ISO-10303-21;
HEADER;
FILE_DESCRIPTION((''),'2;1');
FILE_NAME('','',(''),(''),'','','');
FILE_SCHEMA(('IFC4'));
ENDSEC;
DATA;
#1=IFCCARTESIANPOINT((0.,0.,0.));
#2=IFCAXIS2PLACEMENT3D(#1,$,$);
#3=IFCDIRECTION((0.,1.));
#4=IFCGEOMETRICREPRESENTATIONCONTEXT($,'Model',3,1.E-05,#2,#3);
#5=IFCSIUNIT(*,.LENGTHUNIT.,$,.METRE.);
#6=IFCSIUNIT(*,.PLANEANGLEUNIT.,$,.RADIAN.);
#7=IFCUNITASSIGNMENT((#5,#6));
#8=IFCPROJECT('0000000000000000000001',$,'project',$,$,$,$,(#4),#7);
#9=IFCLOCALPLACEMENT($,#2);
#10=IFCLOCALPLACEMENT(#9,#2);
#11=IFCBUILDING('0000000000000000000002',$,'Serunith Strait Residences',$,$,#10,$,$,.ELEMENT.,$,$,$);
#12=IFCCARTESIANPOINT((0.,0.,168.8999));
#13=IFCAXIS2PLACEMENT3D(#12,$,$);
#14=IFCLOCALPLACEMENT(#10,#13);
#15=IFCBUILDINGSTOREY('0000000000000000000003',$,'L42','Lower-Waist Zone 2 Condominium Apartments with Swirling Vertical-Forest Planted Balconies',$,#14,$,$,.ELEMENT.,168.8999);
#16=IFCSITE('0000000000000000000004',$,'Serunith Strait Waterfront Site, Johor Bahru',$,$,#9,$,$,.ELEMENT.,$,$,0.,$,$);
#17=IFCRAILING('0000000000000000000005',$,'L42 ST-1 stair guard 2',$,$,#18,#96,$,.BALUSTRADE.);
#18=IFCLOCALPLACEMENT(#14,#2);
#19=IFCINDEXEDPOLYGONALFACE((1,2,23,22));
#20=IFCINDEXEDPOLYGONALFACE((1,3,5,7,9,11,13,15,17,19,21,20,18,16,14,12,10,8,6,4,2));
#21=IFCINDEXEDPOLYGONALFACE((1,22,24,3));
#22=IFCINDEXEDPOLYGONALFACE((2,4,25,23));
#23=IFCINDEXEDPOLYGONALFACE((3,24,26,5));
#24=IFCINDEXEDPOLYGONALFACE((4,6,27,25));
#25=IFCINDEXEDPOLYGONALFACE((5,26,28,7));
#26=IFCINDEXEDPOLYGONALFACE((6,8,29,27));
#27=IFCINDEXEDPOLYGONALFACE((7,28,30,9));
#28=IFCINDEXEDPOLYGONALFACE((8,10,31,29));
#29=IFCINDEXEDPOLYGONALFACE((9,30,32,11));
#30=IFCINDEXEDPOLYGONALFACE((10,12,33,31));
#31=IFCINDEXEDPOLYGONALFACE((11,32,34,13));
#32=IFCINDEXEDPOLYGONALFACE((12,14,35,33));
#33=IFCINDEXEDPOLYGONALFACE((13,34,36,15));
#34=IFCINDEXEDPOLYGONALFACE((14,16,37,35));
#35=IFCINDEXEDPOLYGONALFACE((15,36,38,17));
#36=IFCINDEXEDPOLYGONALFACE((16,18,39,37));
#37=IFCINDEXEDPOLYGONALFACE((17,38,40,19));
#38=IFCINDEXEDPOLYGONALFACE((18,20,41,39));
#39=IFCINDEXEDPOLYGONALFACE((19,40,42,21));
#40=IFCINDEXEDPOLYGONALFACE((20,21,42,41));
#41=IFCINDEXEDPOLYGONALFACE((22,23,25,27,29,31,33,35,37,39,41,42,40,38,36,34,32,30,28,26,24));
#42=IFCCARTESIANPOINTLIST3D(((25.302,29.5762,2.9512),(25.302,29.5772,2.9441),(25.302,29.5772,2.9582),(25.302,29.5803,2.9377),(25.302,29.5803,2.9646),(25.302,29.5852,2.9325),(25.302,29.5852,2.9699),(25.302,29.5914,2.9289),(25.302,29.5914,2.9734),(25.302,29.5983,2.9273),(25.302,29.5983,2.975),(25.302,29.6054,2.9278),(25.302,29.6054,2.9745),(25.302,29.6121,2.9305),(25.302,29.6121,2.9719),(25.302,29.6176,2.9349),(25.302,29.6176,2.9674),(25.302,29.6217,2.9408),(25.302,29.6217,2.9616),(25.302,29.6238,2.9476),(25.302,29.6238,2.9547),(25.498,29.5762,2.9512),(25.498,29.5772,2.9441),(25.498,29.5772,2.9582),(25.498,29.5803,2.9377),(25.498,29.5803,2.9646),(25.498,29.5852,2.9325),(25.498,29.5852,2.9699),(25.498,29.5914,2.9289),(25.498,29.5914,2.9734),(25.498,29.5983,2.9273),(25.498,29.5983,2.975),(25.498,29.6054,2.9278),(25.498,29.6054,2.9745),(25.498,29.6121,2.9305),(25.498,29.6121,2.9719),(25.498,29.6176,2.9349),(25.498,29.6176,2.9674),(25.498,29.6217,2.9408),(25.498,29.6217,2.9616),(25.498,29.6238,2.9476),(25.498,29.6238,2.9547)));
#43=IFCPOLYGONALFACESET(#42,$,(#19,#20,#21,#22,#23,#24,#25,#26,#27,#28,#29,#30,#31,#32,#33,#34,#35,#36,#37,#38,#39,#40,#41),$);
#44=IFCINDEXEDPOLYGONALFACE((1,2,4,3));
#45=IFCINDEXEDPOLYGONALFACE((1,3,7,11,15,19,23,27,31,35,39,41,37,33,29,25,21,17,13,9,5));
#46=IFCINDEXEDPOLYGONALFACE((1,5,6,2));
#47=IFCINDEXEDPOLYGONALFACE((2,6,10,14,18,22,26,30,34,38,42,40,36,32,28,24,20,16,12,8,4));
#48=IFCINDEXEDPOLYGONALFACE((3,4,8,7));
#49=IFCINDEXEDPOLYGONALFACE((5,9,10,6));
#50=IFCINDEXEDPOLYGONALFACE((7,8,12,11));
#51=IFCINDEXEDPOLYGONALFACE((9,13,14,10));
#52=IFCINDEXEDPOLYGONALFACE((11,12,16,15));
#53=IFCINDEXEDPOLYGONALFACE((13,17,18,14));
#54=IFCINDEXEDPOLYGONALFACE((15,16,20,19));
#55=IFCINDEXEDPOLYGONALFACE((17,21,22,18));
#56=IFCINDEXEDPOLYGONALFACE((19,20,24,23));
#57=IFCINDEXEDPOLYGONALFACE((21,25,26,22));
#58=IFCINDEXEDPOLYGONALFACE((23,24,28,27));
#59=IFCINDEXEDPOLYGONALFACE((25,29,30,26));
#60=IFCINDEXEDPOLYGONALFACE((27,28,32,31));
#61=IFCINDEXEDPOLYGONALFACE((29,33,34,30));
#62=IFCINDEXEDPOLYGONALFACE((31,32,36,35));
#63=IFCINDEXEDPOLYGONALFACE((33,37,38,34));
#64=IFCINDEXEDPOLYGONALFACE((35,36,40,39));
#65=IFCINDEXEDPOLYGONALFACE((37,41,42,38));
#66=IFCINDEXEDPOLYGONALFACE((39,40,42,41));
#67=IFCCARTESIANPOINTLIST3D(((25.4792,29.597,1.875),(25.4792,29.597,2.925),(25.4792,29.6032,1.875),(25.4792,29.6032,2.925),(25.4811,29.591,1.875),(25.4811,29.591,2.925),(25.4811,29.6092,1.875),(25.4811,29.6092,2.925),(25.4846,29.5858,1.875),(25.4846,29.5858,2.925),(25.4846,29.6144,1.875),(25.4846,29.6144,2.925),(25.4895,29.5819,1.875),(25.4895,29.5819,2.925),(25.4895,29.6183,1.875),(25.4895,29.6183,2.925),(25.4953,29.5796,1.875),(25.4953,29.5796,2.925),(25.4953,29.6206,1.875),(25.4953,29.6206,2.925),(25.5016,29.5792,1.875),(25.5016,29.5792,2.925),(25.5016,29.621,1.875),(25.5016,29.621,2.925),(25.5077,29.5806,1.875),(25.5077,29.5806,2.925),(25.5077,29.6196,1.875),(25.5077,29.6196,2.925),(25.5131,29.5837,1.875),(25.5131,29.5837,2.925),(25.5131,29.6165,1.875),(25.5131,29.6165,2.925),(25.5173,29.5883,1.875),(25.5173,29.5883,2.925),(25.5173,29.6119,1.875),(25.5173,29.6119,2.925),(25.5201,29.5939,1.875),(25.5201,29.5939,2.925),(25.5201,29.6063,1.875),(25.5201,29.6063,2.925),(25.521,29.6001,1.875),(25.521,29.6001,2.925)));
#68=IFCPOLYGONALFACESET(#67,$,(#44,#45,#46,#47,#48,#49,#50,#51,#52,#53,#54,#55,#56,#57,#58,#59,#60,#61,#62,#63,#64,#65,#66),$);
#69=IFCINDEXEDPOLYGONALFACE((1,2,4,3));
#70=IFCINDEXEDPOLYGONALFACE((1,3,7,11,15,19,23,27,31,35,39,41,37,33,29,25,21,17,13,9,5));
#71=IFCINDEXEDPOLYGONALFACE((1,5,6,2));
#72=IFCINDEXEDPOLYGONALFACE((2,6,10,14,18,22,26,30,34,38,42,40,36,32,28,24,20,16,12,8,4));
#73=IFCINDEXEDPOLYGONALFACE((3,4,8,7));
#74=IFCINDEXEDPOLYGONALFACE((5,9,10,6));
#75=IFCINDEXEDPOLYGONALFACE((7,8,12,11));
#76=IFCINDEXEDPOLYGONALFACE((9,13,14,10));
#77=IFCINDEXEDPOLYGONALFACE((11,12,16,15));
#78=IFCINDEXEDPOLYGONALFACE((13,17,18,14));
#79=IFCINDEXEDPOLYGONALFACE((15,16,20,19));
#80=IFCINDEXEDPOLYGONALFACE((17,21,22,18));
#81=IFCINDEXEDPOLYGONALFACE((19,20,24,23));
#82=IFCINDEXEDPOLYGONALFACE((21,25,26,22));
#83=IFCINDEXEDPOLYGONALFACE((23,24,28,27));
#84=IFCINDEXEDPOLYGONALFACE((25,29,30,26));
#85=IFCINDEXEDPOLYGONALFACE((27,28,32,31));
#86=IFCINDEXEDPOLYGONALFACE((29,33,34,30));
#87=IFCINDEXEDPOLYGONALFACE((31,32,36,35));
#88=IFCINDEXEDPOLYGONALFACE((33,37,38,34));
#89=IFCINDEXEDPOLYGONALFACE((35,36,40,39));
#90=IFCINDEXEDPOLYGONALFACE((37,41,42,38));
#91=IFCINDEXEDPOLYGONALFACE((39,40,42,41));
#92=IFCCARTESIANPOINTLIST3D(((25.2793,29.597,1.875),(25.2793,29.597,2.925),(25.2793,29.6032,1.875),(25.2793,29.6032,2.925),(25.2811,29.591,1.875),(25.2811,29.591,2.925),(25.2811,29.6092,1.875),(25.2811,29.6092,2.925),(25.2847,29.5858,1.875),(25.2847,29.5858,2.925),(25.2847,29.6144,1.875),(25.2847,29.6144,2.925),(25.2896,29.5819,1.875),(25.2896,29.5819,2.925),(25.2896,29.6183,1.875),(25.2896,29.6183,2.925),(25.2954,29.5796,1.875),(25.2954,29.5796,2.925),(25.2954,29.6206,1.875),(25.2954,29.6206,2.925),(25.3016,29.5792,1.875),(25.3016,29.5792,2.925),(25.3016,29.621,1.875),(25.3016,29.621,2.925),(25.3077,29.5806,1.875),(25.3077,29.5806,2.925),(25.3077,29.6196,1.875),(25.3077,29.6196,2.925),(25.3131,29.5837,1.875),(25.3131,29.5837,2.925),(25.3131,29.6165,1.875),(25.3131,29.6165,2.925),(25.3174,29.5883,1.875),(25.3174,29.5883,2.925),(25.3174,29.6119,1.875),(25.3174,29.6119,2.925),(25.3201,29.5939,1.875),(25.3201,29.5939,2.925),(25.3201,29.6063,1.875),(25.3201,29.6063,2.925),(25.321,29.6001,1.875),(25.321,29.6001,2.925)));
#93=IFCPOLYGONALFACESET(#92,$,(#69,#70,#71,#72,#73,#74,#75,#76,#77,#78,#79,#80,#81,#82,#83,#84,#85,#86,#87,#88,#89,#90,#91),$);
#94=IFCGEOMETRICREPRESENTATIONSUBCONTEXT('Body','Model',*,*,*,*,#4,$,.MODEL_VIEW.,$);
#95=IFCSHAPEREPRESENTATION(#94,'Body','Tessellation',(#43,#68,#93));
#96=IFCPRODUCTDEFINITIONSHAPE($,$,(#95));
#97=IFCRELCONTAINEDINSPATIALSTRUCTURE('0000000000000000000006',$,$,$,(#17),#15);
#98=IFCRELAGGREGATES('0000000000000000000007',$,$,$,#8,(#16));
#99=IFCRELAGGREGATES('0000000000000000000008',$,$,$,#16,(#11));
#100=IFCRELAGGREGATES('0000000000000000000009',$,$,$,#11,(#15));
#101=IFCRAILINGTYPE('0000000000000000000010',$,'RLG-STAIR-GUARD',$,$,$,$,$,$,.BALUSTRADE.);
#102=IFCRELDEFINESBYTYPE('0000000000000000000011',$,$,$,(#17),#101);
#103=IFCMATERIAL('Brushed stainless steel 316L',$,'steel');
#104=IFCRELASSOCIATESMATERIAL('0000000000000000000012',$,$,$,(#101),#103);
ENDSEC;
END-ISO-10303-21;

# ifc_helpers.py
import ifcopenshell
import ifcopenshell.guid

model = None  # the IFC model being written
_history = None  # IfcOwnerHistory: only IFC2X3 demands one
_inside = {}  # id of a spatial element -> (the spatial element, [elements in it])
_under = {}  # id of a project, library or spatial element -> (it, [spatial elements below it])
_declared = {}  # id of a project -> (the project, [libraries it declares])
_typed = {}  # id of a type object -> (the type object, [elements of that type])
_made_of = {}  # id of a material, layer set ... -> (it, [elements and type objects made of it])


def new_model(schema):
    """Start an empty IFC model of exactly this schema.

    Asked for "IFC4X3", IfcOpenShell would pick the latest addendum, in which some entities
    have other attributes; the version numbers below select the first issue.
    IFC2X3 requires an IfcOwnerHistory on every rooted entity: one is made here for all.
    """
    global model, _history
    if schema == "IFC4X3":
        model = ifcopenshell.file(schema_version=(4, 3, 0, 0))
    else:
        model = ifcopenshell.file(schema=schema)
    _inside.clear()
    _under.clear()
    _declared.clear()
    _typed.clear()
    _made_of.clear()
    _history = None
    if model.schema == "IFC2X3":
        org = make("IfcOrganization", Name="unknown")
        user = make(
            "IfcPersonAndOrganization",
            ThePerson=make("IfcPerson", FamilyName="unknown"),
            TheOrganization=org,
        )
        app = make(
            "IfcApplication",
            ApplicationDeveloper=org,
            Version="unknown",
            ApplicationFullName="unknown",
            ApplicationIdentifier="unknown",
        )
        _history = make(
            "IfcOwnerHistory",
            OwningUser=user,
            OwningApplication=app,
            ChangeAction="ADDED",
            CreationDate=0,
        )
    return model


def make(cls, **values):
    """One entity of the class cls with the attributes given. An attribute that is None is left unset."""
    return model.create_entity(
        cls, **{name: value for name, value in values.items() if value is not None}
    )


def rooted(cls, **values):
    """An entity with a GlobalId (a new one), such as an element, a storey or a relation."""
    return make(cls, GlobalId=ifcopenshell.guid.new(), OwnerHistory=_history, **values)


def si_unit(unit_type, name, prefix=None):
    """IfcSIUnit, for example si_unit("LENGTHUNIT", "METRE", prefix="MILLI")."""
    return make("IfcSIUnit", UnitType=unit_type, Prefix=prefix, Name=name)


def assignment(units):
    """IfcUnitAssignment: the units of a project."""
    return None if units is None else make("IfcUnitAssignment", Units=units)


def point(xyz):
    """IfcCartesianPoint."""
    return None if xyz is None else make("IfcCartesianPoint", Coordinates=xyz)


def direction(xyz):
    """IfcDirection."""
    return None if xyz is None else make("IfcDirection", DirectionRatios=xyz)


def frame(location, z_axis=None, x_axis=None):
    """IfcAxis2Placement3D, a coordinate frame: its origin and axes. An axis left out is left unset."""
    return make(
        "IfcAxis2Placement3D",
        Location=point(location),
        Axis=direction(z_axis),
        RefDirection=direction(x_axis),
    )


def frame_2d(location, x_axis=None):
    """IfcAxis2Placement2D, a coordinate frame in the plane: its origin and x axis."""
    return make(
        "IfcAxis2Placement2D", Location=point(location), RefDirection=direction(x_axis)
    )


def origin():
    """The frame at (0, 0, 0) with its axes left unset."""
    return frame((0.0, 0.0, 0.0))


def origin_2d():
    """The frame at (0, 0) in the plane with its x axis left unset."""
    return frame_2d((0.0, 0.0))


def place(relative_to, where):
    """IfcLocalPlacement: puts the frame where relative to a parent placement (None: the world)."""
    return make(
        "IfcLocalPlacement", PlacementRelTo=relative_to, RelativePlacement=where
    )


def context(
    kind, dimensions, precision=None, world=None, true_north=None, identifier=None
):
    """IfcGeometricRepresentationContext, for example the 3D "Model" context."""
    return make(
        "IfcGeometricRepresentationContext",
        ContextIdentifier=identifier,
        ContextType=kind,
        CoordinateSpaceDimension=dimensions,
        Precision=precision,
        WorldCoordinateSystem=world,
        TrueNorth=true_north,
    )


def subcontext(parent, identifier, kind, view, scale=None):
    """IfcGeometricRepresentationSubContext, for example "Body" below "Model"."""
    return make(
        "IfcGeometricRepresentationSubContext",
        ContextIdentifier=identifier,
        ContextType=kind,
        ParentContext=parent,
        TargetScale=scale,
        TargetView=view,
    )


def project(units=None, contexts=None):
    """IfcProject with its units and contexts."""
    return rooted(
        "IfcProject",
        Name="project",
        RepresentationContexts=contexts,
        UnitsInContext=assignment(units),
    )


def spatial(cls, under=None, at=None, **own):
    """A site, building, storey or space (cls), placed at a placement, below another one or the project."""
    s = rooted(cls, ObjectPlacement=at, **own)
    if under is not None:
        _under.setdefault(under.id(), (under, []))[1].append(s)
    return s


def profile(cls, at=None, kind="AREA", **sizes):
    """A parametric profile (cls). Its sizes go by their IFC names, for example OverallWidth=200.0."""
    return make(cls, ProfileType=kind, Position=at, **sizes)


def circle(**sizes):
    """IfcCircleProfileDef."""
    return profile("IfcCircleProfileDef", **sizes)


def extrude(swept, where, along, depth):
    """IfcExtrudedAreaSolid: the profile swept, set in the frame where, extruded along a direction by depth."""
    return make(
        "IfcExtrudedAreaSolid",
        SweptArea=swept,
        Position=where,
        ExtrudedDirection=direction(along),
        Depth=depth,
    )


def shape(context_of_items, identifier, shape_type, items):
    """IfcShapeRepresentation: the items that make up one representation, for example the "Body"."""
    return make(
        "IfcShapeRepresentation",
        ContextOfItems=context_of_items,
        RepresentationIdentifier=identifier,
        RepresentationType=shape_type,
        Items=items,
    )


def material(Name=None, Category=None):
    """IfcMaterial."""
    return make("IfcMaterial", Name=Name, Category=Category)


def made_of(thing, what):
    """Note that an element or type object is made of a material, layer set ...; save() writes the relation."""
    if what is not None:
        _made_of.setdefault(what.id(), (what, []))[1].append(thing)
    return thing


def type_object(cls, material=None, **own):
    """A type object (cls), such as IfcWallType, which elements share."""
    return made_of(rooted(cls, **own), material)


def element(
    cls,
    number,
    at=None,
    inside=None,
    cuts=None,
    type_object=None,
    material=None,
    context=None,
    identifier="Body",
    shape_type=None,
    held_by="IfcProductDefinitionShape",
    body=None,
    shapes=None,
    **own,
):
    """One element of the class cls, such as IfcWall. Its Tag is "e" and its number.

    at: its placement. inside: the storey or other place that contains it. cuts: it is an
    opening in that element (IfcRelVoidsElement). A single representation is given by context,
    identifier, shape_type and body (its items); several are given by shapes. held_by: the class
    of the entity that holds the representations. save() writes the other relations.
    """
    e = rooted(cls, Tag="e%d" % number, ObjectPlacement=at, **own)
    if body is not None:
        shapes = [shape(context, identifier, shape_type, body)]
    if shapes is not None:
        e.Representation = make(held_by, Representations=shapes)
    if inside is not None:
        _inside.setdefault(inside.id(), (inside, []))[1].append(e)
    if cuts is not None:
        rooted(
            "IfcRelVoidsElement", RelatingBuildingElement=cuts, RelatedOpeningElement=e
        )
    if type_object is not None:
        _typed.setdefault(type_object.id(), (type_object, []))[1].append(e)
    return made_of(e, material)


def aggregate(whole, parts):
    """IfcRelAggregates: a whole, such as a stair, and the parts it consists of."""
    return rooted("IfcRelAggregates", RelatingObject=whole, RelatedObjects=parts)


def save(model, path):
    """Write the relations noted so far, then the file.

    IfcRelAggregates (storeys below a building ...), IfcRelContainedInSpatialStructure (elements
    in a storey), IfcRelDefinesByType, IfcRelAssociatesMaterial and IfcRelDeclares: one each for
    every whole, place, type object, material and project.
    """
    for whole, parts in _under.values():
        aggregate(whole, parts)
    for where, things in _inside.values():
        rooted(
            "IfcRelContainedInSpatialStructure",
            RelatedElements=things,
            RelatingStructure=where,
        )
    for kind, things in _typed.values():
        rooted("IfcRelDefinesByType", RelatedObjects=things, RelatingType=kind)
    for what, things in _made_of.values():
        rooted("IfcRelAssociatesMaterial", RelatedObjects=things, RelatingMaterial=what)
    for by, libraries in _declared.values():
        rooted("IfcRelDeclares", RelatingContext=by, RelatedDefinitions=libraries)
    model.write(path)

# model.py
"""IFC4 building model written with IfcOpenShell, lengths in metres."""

from ifc_helpers import new_model, si_unit, direction, frame, origin, origin_2d, place, context, subcontext, project, spatial, circle, extrude, material, type_object, element, save


model = new_model("IFC4")

# Units and contexts
model_context = context("Model", 3, precision=1e-05, world=origin(), true_north=direction((0.0, 1.0)))
body_context = subcontext(model_context, "Body", "Model", "MODEL_VIEW")
ifc_project = project(units=[si_unit("LENGTHUNIT", "METRE"), si_unit("PLANEANGLEUNIT", "RADIAN")], contexts=[model_context])

# Site, building, storey
site_placement = place(None, origin())
site = spatial("IfcSite", under=ifc_project, at=site_placement, Name="Serunith Strait Waterfront Site, Johor Bahru", CompositionType="ELEMENT", RefElevation=0.0)
building_placement = place(site_placement, origin())
building = spatial("IfcBuilding", under=site, at=building_placement, Name="Serunith Strait Residences", CompositionType="ELEMENT")
storey_placement = place(building_placement, frame((0.0, 0.0, 168.8999)))
storey = spatial("IfcBuildingStorey", under=building, at=storey_placement, Name="L42", Description="Lower-Waist Zone 2 Condominium Apartments with Swirling Vertical-Forest Planted Balconies", CompositionType="ELEMENT", Elevation=168.8999)

# Railing
ifc_material_1 = material(Name="Brushed stainless steel 316L", Category="steel")
railing_type_1 = type_object("IfcRailingType", Name="RLG-STAIR-GUARD", PredefinedType="BALUSTRADE", material=ifc_material_1)
railing_1_placement = place(storey_placement, frame((25.5, 29.6001, 1.875)))
element("IfcRailing", 1, at=railing_1_placement, inside=storey, type_object=railing_type_1, Name="L42 ST-1 stair guard 2", PredefinedType="BALUSTRADE", context=body_context, shape_type="SweptSolid", body=[
    extrude(circle(Radius=0.0239, at=origin_2d()), frame((-0.002, 0.0, 1.0762), z_axis=(-1.0, 0.0, 0.0), x_axis=(0.0, -1.0, 0.0)), (0.0, 0.0, 1.0), 0.196),
    extrude(circle(Radius=0.021, at=origin_2d()), origin(), (0.0, 0.0, 1.0), 1.05),
    extrude(circle(Radius=0.021, at=origin_2d()), frame((-0.2, 0.0, 0.0)), (0.0, 0.0, 1.0), 1.05),
])

save(model, "model.ifc")
